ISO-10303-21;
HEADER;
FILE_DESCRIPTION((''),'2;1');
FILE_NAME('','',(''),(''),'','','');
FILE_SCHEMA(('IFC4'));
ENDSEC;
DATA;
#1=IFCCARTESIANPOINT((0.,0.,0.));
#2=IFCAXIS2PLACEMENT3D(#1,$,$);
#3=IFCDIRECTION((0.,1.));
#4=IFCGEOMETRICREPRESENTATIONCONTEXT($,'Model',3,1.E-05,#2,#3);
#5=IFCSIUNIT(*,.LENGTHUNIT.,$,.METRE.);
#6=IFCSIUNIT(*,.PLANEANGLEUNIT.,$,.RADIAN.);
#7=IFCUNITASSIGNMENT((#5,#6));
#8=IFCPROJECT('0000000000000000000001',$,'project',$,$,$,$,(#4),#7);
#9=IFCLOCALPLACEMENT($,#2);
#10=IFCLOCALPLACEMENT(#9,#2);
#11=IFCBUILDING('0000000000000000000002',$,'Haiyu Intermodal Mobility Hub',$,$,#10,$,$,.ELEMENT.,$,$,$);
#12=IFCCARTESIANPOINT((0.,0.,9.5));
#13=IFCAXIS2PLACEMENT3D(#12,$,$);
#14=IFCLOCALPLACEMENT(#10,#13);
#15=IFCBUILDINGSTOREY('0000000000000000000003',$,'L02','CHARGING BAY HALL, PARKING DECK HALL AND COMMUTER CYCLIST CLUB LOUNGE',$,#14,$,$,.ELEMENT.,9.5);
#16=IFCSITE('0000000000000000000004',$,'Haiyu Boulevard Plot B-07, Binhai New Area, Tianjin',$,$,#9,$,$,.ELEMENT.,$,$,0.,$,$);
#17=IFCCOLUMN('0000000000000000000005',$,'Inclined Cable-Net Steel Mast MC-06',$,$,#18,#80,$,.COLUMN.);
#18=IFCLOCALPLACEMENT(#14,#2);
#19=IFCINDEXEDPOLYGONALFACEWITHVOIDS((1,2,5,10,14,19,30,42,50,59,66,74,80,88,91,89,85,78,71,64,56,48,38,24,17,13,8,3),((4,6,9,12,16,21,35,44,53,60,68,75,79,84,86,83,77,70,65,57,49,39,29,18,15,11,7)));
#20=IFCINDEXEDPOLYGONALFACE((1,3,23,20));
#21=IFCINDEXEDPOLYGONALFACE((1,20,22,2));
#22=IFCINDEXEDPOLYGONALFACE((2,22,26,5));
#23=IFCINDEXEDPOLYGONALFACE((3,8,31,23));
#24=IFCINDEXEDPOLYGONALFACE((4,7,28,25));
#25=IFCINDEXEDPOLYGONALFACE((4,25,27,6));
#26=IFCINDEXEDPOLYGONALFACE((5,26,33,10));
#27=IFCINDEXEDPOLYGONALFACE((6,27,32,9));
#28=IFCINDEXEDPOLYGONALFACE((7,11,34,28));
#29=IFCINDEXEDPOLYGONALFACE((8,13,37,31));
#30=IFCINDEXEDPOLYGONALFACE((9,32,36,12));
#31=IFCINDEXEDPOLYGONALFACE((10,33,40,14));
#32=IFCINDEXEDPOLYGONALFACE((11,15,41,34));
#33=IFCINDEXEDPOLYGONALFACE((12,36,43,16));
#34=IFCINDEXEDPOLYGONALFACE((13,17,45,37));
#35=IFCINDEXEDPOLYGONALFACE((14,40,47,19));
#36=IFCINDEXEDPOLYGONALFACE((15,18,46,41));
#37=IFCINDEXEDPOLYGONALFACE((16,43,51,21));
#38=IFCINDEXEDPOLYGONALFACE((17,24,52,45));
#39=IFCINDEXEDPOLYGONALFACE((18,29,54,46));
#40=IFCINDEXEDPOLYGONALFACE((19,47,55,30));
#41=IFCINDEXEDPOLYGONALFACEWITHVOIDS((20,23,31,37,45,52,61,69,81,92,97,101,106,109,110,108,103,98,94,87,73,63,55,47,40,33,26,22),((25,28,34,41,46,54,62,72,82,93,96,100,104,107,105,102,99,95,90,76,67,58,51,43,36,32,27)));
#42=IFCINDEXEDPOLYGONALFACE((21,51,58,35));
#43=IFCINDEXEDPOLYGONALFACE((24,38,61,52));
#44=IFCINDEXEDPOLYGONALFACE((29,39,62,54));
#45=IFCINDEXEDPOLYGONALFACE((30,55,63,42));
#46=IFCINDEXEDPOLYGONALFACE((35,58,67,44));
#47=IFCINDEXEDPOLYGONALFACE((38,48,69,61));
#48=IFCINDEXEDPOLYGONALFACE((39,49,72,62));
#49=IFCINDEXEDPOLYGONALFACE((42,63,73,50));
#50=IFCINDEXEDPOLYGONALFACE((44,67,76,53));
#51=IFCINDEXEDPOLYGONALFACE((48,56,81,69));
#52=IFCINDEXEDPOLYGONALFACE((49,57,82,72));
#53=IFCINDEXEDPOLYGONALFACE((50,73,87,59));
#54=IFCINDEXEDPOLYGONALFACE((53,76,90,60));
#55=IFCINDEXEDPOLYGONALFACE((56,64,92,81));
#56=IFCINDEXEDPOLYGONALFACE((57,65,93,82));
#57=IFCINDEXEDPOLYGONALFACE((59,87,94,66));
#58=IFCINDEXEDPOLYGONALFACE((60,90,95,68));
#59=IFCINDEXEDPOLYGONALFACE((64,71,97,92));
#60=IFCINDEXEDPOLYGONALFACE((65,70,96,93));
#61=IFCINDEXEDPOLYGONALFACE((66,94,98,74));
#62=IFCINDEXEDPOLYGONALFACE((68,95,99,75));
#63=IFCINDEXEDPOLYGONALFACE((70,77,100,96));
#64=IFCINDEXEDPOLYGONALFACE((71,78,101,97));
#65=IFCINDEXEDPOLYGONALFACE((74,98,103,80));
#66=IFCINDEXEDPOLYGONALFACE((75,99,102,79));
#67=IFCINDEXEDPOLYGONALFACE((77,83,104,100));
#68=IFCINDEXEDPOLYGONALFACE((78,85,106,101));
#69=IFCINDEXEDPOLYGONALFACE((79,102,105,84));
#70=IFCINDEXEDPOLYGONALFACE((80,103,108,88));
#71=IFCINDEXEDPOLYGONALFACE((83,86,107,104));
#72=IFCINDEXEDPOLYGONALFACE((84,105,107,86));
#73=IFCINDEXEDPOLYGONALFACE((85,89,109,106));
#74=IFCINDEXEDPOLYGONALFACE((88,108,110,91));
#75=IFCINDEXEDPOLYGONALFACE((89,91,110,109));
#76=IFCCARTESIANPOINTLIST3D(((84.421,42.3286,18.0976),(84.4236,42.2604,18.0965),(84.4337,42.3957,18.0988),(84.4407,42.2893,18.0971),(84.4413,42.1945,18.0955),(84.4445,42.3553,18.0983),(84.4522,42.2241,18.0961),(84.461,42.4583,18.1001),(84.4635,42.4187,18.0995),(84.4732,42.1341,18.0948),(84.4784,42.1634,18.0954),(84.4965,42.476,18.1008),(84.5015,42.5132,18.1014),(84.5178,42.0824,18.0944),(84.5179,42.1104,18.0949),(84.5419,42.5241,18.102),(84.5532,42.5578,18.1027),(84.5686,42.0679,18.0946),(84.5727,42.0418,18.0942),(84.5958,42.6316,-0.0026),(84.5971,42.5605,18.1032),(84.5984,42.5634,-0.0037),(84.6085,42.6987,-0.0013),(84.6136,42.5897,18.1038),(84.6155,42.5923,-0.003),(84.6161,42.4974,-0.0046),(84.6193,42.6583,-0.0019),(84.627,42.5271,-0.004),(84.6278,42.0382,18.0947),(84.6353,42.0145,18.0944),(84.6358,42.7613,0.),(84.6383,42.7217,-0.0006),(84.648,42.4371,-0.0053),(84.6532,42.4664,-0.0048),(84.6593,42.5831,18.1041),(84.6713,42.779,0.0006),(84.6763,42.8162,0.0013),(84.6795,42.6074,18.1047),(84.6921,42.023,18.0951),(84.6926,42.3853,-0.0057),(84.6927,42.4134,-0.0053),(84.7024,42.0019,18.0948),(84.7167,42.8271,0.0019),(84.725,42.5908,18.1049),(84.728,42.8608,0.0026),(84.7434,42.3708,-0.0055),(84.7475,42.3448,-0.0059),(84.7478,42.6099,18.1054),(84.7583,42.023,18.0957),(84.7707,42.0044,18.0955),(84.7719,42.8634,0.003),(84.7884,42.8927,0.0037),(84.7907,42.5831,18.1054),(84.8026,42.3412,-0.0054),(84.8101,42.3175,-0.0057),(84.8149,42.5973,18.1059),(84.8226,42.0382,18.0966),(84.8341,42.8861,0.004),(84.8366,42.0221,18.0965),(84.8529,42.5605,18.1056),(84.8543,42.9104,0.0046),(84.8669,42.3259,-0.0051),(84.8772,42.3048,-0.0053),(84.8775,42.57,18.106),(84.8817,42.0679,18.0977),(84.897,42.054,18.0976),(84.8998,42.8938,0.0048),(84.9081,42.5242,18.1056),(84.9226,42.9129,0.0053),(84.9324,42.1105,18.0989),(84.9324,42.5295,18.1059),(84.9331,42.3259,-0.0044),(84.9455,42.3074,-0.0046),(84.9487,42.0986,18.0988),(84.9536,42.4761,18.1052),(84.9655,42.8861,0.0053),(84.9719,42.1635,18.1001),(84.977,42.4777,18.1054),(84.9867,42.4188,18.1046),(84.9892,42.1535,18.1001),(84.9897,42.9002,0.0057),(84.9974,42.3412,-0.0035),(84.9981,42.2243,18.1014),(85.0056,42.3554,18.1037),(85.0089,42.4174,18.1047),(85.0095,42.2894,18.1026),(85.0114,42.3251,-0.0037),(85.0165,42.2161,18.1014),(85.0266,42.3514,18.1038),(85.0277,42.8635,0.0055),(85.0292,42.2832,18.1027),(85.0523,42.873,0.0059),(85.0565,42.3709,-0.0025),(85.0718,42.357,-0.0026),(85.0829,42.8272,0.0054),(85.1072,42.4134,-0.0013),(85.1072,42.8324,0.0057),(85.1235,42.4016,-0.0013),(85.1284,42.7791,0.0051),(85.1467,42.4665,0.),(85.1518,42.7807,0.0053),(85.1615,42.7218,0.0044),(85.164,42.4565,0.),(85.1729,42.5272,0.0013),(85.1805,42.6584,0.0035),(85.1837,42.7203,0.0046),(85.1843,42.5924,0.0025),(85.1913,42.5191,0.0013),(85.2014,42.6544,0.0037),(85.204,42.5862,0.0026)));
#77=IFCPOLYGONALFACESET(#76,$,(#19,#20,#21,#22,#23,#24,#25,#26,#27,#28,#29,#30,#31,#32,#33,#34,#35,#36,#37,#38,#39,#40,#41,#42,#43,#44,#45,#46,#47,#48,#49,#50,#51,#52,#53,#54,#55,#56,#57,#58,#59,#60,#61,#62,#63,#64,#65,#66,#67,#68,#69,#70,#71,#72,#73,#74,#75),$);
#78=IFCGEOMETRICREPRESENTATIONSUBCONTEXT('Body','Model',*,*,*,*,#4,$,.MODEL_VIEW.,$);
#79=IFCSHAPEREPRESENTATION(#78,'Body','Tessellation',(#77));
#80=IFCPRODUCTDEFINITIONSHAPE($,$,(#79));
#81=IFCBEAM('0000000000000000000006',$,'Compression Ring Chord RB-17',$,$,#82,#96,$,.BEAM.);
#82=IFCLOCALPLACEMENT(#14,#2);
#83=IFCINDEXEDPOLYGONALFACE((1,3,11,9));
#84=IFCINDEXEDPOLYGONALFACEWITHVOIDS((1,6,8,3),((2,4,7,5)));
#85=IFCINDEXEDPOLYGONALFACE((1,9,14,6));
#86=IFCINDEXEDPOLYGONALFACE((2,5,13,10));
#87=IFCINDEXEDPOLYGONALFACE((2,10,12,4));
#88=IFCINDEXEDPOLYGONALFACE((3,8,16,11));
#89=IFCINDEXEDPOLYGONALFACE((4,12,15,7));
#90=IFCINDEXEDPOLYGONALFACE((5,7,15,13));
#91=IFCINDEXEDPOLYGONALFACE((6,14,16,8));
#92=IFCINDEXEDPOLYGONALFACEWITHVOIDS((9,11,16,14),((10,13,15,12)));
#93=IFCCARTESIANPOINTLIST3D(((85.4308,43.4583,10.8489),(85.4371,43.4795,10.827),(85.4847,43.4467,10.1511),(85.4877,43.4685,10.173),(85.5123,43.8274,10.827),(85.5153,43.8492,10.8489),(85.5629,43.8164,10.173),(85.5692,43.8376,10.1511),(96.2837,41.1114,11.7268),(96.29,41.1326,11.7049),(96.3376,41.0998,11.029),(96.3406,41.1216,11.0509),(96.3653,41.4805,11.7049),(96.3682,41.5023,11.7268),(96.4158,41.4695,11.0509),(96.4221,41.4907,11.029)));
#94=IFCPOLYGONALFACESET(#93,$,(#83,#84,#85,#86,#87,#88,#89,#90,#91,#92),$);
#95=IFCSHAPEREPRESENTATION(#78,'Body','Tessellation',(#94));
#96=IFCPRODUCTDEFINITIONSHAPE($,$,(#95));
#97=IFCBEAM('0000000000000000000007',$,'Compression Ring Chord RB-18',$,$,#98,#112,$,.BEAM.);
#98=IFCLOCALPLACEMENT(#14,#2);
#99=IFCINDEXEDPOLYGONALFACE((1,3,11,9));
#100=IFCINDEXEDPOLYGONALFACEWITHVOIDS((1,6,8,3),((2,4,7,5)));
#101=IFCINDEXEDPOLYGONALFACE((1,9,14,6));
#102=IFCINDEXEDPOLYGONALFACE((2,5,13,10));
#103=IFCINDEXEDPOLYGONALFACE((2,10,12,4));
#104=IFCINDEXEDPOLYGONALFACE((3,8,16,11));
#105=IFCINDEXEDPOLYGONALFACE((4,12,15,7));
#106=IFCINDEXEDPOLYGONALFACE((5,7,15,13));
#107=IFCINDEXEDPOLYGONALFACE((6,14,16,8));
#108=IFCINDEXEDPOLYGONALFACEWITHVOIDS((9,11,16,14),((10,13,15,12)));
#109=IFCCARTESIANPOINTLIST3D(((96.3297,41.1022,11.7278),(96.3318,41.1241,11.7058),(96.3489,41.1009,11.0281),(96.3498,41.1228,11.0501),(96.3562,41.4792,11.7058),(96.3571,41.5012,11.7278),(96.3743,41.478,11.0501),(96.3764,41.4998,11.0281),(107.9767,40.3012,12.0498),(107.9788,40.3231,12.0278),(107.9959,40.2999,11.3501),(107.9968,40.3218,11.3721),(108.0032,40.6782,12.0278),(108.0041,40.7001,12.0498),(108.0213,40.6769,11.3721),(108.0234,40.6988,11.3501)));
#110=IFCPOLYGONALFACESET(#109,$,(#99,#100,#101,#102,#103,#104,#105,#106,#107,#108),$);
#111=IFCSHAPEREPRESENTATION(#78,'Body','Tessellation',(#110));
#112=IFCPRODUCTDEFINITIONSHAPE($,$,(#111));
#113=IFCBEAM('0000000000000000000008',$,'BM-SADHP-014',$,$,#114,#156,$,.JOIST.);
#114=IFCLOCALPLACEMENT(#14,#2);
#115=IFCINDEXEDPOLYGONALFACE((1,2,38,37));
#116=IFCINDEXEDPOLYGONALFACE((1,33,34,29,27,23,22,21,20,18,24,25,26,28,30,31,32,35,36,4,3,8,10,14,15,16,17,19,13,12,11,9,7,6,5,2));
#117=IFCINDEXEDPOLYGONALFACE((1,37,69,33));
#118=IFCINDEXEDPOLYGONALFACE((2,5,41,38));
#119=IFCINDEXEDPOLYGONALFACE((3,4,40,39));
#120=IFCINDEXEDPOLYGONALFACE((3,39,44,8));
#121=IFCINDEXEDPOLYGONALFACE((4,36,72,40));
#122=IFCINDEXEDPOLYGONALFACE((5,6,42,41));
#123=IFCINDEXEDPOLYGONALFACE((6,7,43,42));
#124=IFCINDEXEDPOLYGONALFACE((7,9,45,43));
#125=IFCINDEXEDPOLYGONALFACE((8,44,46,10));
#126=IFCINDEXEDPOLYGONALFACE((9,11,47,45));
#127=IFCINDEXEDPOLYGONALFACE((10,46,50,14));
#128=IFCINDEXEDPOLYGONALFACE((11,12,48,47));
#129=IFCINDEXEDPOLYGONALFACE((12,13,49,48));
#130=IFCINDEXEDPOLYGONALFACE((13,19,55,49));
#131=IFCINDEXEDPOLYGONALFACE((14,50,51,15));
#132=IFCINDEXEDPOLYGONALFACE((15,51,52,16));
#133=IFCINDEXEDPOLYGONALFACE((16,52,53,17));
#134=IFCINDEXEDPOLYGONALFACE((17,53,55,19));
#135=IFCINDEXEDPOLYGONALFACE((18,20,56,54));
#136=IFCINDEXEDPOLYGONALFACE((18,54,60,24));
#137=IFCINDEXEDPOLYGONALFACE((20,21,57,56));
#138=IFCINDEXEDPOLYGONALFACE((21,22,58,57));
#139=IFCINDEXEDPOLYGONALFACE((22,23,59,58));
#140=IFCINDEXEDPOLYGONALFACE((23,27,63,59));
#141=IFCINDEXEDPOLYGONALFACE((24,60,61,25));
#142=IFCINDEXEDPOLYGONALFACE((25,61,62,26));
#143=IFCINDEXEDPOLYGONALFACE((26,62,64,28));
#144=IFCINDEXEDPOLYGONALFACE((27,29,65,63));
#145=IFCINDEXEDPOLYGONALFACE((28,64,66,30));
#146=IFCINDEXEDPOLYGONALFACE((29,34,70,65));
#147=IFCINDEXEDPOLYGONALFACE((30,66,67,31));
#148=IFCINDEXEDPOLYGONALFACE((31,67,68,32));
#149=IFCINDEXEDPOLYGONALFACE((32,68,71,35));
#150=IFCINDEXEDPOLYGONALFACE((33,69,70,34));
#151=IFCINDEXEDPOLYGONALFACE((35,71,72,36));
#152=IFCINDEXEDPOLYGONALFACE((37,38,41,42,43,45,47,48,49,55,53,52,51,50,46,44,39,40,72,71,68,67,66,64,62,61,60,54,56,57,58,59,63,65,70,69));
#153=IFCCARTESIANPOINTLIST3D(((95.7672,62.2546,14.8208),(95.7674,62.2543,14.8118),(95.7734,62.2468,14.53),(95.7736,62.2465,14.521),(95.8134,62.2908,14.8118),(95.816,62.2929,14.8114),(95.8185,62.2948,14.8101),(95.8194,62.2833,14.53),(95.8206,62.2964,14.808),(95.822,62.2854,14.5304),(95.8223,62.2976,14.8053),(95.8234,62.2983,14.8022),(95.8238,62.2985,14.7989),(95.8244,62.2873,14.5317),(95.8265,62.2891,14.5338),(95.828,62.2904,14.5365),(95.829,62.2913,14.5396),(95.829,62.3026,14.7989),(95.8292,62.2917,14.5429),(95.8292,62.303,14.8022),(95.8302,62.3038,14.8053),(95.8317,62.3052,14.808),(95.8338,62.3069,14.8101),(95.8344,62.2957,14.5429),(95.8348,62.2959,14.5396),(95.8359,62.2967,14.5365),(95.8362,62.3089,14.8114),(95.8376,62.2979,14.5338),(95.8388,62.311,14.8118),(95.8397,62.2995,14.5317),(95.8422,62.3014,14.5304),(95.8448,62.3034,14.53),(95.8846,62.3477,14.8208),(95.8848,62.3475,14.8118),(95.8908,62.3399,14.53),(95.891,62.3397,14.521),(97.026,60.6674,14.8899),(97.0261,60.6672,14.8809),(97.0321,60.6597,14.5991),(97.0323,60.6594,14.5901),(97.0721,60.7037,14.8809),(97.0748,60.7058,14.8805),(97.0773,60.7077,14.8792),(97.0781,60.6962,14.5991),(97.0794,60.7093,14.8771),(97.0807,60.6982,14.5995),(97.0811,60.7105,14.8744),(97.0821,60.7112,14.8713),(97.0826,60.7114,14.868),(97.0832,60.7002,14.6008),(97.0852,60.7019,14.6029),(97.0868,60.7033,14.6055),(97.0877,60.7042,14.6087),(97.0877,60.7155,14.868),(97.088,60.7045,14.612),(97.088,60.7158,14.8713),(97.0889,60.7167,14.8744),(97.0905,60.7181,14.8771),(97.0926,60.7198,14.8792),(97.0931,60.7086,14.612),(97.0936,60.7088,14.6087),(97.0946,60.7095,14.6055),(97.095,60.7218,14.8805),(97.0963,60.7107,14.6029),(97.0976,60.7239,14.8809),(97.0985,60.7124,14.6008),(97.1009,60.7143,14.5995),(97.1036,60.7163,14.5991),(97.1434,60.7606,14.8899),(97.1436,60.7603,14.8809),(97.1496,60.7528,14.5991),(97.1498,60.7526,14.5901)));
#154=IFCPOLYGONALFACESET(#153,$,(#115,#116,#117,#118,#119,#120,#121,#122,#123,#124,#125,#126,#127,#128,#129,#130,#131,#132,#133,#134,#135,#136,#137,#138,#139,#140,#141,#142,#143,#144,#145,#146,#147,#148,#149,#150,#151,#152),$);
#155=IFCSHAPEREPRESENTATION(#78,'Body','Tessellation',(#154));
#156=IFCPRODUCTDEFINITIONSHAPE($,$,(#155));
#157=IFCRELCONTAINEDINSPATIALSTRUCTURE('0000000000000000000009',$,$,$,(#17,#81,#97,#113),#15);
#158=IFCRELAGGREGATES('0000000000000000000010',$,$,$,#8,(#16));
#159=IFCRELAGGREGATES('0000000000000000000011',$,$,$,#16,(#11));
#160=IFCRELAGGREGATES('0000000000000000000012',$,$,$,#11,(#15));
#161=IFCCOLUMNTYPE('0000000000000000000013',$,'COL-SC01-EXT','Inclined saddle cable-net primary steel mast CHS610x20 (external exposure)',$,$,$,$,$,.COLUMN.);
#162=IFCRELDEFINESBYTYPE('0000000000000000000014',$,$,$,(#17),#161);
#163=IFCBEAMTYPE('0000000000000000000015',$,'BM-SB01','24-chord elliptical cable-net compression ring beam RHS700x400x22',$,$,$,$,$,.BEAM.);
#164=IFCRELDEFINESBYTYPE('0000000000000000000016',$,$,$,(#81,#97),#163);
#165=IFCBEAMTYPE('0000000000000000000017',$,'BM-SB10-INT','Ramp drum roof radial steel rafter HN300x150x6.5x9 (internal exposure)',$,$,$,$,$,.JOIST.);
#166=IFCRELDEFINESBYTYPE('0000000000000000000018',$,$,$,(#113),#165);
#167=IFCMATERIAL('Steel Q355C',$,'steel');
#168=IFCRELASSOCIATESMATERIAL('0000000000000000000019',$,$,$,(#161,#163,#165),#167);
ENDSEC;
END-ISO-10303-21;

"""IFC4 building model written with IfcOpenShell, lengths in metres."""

from ifc_helpers import new_model, si_unit, direction, frame, origin, origin_2d, place, context, subcontext, project, spatial, hollow_rectangle, hollow_circle, i_section, extrude, material, material_profile, profile_set, type_object, element, save


model = new_model("IFC4")

# Units and contexts
model_context = context("Model", 3, precision=1e-05, world=origin(), true_north=direction((0.0, 1.0)))
body_context = subcontext(model_context, "Body", "Model", "MODEL_VIEW")
ifc_project = project(units=[si_unit("LENGTHUNIT", "METRE"), si_unit("PLANEANGLEUNIT", "RADIAN")], contexts=[model_context])

# Site, building, storey
site_placement = place(None, origin())
site = spatial("IfcSite", under=ifc_project, at=site_placement, Name="Haiyu Boulevard Plot B-07, Binhai New Area, Tianjin", CompositionType="ELEMENT", RefElevation=0.0)
building_placement = place(site_placement, origin())
building = spatial("IfcBuilding", under=site, at=building_placement, Name="Haiyu Intermodal Mobility Hub", CompositionType="ELEMENT")
storey_placement = place(building_placement, frame((0.0, 0.0, 9.5)))
storey = spatial("IfcBuildingStorey", under=building, at=storey_placement, Name="L02", Description="CHARGING BAY HALL, PARKING DECK HALL AND COMMUTER CYCLIST CLUB LOUNGE", CompositionType="ELEMENT", Elevation=9.5)

# Column
ifc_material_1 = material(Name="Steel Q355C", Category="steel")
ifc_material_profile_1 = material_profile(ifc_material_1, hollow_circle(Radius=0.3049, WallThickness=0.02, at=origin_2d()), Name="CHS610x20")
ifc_profile_set_1 = profile_set([ifc_material_profile_1], Name="Steel Q355C")
column_type = type_object("IfcColumnType", Name="COL-SC01-EXT", Description="Inclined saddle cable-net primary steel mast CHS610x20 (external exposure)", PredefinedType="COLUMN", material=ifc_profile_set_1)
column_placement = place(storey_placement, frame((84.8999, 42.6089, 0.0), z_axis=(-0.009656, -0.016736, 0.999813), x_axis=(0.866174, -0.499743, 0.0)))
element("IfcColumn", 1, at=column_placement, inside=storey, type_object=column_type, Name="Inclined Cable-Net Steel Mast MC-06", PredefinedType="COLUMN", context=body_context, shape_type="SweptSolid", body=[
    extrude(hollow_circle(Radius=0.3049, WallThickness=0.02, at=origin_2d()), origin(), (0.0, 0.0, 1.0), 18.1035),
])

# Beams
ifc_material_profile_2 = material_profile(ifc_material_1, hollow_rectangle(XDim=0.3999, YDim=0.7, WallThickness=0.022, at=origin_2d()), Name="RHS700x400x22")
ifc_profile_set_2 = profile_set([ifc_material_profile_2], Name="Steel Q355C")
beam_type_1 = type_object("IfcBeamType", Name="BM-SB01", Description="24-chord elliptical cable-net compression ring beam RHS700x400x22", PredefinedType="BEAM", material=ifc_profile_set_2)
beam_1_placement = place(storey_placement, frame((85.5, 43.6479, 10.5), z_axis=(0.974367, -0.210703, 0.078819), x_axis=(0.211361, 0.977408, 0.0)))
element("IfcBeam", 2, at=beam_1_placement, inside=storey, type_object=beam_type_1, Name="Compression Ring Chord RB-17", PredefinedType="BEAM", context=body_context, shape_type="SweptSolid", body=[
    extrude(hollow_rectangle(XDim=0.3999, YDim=0.7, WallThickness=0.022, at=origin_2d()), origin(), (0.0, 0.0, 1.0), 11.1384),
])
beam_2_placement = place(storey_placement, frame((96.353, 41.301, 11.3779), z_axis=(0.997264, -0.068587, 0.027573), x_axis=(0.068613, 0.997643, 0.0)))
element("IfcBeam", 3, at=beam_2_placement, inside=storey, type_object=beam_type_1, Name="Compression Ring Chord RB-18", PredefinedType="BEAM", context=body_context, shape_type="SweptSolid", body=[
    extrude(hollow_rectangle(XDim=0.3999, YDim=0.7, WallThickness=0.022, at=origin_2d()), origin(), (0.0, 0.0, 1.0), 11.679),
])
ifc_material_profile_3 = material_profile(ifc_material_1, i_section(OverallWidth=0.1499, OverallDepth=0.3, WebThickness=0.0066, FlangeThickness=0.009, FilletRadius=0.0129, at=origin_2d()), Name="HN300x150x6.5x9")
ifc_profile_set_3 = profile_set([ifc_material_profile_3], Name="Steel Q355C")
beam_type_2 = type_object("IfcBeamType", Name="BM-SB10-INT", Description="Ramp drum roof radial steel rafter HN300x150x6.5x9 (internal exposure)", PredefinedType="JOIST", material=ifc_profile_set_3)
beam_3_placement = place(storey_placement, frame((95.8291, 62.2971, 14.6709), z_axis=(0.621036, -0.78304, 0.034087), x_axis=(0.783496, 0.621397, 0.0)))
element("IfcBeam", 4, at=beam_3_placement, inside=storey, type_object=beam_type_2, Name="BM-SADHP-014", PredefinedType="JOIST", context=body_context, shape_type="SweptSolid", body=[
    extrude(i_section(OverallWidth=0.1499, OverallDepth=0.3, WebThickness=0.0066, FlangeThickness=0.009, FilletRadius=0.0129, at=origin_2d()), origin(), (0.0, 0.0, 1.0), 2.0269),
])

save(model, "model.ifc")
